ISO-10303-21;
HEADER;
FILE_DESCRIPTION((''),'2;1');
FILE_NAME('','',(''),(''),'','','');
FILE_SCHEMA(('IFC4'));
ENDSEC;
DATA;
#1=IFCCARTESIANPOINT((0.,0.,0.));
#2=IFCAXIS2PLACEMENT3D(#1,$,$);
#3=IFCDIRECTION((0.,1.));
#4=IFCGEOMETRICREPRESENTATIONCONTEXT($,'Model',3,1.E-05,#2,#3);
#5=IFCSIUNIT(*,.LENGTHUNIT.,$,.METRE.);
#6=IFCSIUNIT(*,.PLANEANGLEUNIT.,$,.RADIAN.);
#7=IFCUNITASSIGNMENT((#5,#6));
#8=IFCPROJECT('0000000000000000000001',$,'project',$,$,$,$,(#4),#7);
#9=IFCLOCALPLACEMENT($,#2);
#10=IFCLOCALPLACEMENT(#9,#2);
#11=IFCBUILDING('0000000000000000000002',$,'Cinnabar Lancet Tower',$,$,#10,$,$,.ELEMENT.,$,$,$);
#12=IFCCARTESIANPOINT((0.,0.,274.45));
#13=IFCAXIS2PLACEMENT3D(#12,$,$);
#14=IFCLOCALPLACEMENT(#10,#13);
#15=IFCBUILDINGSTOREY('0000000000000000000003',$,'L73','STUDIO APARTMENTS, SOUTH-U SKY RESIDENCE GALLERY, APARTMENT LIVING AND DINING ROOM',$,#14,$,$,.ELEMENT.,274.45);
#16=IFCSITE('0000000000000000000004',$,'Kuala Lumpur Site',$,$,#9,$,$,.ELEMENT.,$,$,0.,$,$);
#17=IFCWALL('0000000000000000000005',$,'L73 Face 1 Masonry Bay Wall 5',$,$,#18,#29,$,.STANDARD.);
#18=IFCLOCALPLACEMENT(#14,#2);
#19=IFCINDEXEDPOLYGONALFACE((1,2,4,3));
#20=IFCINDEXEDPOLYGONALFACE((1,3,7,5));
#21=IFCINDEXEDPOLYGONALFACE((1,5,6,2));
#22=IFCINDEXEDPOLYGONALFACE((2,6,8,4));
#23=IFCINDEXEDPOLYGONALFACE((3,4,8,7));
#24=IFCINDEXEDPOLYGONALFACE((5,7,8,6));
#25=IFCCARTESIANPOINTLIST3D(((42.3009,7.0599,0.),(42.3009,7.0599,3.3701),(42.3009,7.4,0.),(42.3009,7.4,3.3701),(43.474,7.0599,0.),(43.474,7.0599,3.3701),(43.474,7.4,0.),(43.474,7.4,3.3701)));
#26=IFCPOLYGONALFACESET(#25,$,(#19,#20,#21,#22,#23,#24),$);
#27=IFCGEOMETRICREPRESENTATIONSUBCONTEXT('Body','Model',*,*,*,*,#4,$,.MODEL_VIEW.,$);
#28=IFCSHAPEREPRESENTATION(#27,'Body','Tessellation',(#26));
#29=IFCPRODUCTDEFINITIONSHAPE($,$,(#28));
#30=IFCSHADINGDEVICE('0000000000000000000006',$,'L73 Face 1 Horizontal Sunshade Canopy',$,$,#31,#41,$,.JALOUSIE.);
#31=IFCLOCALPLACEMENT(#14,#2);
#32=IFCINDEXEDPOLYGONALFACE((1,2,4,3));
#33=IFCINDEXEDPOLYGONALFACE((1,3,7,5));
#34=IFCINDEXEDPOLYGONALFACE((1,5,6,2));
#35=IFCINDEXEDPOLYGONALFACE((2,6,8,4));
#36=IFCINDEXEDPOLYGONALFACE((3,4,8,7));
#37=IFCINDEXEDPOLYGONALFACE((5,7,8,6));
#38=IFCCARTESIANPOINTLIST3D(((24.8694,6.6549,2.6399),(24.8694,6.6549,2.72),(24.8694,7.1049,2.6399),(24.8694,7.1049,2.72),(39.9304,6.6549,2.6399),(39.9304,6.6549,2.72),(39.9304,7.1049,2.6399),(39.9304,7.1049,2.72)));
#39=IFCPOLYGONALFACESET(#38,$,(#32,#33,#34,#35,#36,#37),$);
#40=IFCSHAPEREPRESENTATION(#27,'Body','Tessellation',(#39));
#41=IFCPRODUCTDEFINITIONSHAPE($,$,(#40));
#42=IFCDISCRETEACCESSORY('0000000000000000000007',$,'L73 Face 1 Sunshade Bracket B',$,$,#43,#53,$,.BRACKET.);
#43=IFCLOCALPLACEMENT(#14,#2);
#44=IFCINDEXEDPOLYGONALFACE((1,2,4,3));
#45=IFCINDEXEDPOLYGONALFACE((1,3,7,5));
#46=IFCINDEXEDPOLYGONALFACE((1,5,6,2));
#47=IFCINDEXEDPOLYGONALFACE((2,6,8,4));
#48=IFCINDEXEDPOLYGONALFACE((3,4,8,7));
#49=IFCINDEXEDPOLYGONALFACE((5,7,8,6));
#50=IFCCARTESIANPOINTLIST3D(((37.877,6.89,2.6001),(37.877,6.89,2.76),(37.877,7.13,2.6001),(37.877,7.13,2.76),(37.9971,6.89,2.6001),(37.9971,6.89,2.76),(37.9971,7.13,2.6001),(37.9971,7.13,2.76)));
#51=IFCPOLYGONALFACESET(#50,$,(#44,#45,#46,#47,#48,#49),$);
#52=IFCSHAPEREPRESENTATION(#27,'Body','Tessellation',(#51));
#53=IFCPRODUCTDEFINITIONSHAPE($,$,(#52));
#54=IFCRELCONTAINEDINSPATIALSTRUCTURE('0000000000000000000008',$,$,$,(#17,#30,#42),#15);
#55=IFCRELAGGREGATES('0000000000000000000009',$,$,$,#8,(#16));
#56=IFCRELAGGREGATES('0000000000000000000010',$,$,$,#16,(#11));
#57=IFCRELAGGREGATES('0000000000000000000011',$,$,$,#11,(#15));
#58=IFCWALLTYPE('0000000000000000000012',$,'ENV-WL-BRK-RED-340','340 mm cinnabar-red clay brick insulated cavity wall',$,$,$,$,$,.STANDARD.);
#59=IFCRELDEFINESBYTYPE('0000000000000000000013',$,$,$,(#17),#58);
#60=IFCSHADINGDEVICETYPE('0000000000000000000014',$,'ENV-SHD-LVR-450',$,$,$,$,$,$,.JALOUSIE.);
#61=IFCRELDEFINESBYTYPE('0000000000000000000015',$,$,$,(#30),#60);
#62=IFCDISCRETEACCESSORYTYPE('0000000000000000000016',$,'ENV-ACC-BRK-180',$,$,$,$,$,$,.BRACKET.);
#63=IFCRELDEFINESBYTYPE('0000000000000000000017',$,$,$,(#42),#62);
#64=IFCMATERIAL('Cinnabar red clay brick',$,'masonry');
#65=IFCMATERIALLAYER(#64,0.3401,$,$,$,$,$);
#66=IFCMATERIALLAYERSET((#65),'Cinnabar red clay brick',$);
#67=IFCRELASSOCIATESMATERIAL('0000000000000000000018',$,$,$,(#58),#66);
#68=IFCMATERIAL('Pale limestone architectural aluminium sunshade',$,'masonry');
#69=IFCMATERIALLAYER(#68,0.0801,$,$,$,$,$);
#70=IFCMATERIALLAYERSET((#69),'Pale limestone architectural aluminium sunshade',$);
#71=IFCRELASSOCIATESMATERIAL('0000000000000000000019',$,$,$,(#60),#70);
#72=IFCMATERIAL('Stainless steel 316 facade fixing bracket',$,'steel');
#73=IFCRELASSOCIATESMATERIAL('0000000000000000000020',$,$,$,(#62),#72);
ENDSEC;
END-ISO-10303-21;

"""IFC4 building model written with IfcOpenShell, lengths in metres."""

from ifc_helpers import new_model, si_unit, direction, frame, frame_2d, origin, origin_2d, place, context, subcontext, project, spatial, rectangle, extrude, material, layer, layer_set, type_object, element, save


model = new_model("IFC4")

# Units and contexts
model_context = context("Model", 3, precision=1e-05, world=origin(), true_north=direction((0.0, 1.0)))
body_context = subcontext(model_context, "Body", "Model", "MODEL_VIEW")
ifc_project = project(units=[si_unit("LENGTHUNIT", "METRE"), si_unit("PLANEANGLEUNIT", "RADIAN")], contexts=[model_context])

# Site, building, storey
site_placement = place(None, origin())
site = spatial("IfcSite", under=ifc_project, at=site_placement, Name="Kuala Lumpur Site", CompositionType="ELEMENT", RefElevation=0.0)
building_placement = place(site_placement, origin())
building = spatial("IfcBuilding", under=site, at=building_placement, Name="Cinnabar Lancet Tower", CompositionType="ELEMENT")
storey_placement = place(building_placement, frame((0.0, 0.0, 274.45)))
storey = spatial("IfcBuildingStorey", under=building, at=storey_placement, Name="L73", Description="STUDIO APARTMENTS, SOUTH-U SKY RESIDENCE GALLERY, APARTMENT LIVING AND DINING ROOM", CompositionType="ELEMENT", Elevation=274.45)

# Shared definitions
ifc_material_1 = material(Name="Cinnabar red clay brick", Category="masonry")
ifc_layer_1 = layer(ifc_material_1, 0.3401)
ifc_layer_set_1 = layer_set([ifc_layer_1], Name="Cinnabar red clay brick")
wall_type_1 = type_object("IfcWallType", Name="ENV-WL-BRK-RED-340", Description="340 mm cinnabar-red clay brick insulated cavity wall", PredefinedType="STANDARD", material=ifc_layer_set_1)

# Wall
wall_1_placement = place(storey_placement, frame((42.301, 7.23, 0.0), z_axis=(0.0, 0.0, 1.0), x_axis=(1.0, 0.0, 0.0)))
element("IfcWall", 1, at=wall_1_placement, inside=storey, type_object=wall_type_1, Name="L73 Face 1 Masonry Bay Wall 5", PredefinedType="STANDARD", context=body_context, shape_type="SweptSolid", body=[
    extrude(rectangle(XDim=1.1731, YDim=0.3401, at=frame_2d((0.5864, 0.0))), origin(), (0.0, 0.0, 1.0), 3.3701),
])

# Shading device
ifc_material_2 = material(Name="Pale limestone architectural aluminium sunshade", Category="masonry")
ifc_layer_2 = layer(ifc_material_2, 0.0801)
ifc_layer_set_2 = layer_set([ifc_layer_2], Name="Pale limestone architectural aluminium sunshade")
shading_device_type = type_object("IfcShadingDeviceType", Name="ENV-SHD-LVR-450", PredefinedType="JALOUSIE", material=ifc_layer_set_2)
shading_device_placement = place(storey_placement, frame((32.3999, 6.8799, 2.6399), z_axis=(0.0, 0.0, 1.0), x_axis=(1.0, 0.0, 0.0)))
element("IfcShadingDevice", 2, at=shading_device_placement, inside=storey, type_object=shading_device_type, Name="L73 Face 1 Horizontal Sunshade Canopy", PredefinedType="JALOUSIE", context=body_context, shape_type="SweptSolid", body=[
    extrude(rectangle(XDim=15.061, YDim=0.45, at=origin_2d()), origin(), (0.0, 0.0, 1.0), 0.0801),
])

# Discrete accessory
ifc_material_3 = material(Name="Stainless steel 316 facade fixing bracket", Category="steel")
discrete_accessory_type = type_object("IfcDiscreteAccessoryType", Name="ENV-ACC-BRK-180", PredefinedType="BRACKET", material=ifc_material_3)
discrete_accessory_placement = place(storey_placement, frame((37.937, 7.01, 2.6001), z_axis=(0.0, 0.0, 1.0), x_axis=(1.0, 0.0, 0.0)))
element("IfcDiscreteAccessory", 3, at=discrete_accessory_placement, inside=storey, type_object=discrete_accessory_type, Name="L73 Face 1 Sunshade Bracket B", PredefinedType="BRACKET", context=body_context, shape_type="SweptSolid", body=[
    extrude(rectangle(XDim=0.1201, YDim=0.24, at=origin_2d()), origin(), (0.0, 0.0, 1.0), 0.1599),
])

save(model, "model.ifc")
